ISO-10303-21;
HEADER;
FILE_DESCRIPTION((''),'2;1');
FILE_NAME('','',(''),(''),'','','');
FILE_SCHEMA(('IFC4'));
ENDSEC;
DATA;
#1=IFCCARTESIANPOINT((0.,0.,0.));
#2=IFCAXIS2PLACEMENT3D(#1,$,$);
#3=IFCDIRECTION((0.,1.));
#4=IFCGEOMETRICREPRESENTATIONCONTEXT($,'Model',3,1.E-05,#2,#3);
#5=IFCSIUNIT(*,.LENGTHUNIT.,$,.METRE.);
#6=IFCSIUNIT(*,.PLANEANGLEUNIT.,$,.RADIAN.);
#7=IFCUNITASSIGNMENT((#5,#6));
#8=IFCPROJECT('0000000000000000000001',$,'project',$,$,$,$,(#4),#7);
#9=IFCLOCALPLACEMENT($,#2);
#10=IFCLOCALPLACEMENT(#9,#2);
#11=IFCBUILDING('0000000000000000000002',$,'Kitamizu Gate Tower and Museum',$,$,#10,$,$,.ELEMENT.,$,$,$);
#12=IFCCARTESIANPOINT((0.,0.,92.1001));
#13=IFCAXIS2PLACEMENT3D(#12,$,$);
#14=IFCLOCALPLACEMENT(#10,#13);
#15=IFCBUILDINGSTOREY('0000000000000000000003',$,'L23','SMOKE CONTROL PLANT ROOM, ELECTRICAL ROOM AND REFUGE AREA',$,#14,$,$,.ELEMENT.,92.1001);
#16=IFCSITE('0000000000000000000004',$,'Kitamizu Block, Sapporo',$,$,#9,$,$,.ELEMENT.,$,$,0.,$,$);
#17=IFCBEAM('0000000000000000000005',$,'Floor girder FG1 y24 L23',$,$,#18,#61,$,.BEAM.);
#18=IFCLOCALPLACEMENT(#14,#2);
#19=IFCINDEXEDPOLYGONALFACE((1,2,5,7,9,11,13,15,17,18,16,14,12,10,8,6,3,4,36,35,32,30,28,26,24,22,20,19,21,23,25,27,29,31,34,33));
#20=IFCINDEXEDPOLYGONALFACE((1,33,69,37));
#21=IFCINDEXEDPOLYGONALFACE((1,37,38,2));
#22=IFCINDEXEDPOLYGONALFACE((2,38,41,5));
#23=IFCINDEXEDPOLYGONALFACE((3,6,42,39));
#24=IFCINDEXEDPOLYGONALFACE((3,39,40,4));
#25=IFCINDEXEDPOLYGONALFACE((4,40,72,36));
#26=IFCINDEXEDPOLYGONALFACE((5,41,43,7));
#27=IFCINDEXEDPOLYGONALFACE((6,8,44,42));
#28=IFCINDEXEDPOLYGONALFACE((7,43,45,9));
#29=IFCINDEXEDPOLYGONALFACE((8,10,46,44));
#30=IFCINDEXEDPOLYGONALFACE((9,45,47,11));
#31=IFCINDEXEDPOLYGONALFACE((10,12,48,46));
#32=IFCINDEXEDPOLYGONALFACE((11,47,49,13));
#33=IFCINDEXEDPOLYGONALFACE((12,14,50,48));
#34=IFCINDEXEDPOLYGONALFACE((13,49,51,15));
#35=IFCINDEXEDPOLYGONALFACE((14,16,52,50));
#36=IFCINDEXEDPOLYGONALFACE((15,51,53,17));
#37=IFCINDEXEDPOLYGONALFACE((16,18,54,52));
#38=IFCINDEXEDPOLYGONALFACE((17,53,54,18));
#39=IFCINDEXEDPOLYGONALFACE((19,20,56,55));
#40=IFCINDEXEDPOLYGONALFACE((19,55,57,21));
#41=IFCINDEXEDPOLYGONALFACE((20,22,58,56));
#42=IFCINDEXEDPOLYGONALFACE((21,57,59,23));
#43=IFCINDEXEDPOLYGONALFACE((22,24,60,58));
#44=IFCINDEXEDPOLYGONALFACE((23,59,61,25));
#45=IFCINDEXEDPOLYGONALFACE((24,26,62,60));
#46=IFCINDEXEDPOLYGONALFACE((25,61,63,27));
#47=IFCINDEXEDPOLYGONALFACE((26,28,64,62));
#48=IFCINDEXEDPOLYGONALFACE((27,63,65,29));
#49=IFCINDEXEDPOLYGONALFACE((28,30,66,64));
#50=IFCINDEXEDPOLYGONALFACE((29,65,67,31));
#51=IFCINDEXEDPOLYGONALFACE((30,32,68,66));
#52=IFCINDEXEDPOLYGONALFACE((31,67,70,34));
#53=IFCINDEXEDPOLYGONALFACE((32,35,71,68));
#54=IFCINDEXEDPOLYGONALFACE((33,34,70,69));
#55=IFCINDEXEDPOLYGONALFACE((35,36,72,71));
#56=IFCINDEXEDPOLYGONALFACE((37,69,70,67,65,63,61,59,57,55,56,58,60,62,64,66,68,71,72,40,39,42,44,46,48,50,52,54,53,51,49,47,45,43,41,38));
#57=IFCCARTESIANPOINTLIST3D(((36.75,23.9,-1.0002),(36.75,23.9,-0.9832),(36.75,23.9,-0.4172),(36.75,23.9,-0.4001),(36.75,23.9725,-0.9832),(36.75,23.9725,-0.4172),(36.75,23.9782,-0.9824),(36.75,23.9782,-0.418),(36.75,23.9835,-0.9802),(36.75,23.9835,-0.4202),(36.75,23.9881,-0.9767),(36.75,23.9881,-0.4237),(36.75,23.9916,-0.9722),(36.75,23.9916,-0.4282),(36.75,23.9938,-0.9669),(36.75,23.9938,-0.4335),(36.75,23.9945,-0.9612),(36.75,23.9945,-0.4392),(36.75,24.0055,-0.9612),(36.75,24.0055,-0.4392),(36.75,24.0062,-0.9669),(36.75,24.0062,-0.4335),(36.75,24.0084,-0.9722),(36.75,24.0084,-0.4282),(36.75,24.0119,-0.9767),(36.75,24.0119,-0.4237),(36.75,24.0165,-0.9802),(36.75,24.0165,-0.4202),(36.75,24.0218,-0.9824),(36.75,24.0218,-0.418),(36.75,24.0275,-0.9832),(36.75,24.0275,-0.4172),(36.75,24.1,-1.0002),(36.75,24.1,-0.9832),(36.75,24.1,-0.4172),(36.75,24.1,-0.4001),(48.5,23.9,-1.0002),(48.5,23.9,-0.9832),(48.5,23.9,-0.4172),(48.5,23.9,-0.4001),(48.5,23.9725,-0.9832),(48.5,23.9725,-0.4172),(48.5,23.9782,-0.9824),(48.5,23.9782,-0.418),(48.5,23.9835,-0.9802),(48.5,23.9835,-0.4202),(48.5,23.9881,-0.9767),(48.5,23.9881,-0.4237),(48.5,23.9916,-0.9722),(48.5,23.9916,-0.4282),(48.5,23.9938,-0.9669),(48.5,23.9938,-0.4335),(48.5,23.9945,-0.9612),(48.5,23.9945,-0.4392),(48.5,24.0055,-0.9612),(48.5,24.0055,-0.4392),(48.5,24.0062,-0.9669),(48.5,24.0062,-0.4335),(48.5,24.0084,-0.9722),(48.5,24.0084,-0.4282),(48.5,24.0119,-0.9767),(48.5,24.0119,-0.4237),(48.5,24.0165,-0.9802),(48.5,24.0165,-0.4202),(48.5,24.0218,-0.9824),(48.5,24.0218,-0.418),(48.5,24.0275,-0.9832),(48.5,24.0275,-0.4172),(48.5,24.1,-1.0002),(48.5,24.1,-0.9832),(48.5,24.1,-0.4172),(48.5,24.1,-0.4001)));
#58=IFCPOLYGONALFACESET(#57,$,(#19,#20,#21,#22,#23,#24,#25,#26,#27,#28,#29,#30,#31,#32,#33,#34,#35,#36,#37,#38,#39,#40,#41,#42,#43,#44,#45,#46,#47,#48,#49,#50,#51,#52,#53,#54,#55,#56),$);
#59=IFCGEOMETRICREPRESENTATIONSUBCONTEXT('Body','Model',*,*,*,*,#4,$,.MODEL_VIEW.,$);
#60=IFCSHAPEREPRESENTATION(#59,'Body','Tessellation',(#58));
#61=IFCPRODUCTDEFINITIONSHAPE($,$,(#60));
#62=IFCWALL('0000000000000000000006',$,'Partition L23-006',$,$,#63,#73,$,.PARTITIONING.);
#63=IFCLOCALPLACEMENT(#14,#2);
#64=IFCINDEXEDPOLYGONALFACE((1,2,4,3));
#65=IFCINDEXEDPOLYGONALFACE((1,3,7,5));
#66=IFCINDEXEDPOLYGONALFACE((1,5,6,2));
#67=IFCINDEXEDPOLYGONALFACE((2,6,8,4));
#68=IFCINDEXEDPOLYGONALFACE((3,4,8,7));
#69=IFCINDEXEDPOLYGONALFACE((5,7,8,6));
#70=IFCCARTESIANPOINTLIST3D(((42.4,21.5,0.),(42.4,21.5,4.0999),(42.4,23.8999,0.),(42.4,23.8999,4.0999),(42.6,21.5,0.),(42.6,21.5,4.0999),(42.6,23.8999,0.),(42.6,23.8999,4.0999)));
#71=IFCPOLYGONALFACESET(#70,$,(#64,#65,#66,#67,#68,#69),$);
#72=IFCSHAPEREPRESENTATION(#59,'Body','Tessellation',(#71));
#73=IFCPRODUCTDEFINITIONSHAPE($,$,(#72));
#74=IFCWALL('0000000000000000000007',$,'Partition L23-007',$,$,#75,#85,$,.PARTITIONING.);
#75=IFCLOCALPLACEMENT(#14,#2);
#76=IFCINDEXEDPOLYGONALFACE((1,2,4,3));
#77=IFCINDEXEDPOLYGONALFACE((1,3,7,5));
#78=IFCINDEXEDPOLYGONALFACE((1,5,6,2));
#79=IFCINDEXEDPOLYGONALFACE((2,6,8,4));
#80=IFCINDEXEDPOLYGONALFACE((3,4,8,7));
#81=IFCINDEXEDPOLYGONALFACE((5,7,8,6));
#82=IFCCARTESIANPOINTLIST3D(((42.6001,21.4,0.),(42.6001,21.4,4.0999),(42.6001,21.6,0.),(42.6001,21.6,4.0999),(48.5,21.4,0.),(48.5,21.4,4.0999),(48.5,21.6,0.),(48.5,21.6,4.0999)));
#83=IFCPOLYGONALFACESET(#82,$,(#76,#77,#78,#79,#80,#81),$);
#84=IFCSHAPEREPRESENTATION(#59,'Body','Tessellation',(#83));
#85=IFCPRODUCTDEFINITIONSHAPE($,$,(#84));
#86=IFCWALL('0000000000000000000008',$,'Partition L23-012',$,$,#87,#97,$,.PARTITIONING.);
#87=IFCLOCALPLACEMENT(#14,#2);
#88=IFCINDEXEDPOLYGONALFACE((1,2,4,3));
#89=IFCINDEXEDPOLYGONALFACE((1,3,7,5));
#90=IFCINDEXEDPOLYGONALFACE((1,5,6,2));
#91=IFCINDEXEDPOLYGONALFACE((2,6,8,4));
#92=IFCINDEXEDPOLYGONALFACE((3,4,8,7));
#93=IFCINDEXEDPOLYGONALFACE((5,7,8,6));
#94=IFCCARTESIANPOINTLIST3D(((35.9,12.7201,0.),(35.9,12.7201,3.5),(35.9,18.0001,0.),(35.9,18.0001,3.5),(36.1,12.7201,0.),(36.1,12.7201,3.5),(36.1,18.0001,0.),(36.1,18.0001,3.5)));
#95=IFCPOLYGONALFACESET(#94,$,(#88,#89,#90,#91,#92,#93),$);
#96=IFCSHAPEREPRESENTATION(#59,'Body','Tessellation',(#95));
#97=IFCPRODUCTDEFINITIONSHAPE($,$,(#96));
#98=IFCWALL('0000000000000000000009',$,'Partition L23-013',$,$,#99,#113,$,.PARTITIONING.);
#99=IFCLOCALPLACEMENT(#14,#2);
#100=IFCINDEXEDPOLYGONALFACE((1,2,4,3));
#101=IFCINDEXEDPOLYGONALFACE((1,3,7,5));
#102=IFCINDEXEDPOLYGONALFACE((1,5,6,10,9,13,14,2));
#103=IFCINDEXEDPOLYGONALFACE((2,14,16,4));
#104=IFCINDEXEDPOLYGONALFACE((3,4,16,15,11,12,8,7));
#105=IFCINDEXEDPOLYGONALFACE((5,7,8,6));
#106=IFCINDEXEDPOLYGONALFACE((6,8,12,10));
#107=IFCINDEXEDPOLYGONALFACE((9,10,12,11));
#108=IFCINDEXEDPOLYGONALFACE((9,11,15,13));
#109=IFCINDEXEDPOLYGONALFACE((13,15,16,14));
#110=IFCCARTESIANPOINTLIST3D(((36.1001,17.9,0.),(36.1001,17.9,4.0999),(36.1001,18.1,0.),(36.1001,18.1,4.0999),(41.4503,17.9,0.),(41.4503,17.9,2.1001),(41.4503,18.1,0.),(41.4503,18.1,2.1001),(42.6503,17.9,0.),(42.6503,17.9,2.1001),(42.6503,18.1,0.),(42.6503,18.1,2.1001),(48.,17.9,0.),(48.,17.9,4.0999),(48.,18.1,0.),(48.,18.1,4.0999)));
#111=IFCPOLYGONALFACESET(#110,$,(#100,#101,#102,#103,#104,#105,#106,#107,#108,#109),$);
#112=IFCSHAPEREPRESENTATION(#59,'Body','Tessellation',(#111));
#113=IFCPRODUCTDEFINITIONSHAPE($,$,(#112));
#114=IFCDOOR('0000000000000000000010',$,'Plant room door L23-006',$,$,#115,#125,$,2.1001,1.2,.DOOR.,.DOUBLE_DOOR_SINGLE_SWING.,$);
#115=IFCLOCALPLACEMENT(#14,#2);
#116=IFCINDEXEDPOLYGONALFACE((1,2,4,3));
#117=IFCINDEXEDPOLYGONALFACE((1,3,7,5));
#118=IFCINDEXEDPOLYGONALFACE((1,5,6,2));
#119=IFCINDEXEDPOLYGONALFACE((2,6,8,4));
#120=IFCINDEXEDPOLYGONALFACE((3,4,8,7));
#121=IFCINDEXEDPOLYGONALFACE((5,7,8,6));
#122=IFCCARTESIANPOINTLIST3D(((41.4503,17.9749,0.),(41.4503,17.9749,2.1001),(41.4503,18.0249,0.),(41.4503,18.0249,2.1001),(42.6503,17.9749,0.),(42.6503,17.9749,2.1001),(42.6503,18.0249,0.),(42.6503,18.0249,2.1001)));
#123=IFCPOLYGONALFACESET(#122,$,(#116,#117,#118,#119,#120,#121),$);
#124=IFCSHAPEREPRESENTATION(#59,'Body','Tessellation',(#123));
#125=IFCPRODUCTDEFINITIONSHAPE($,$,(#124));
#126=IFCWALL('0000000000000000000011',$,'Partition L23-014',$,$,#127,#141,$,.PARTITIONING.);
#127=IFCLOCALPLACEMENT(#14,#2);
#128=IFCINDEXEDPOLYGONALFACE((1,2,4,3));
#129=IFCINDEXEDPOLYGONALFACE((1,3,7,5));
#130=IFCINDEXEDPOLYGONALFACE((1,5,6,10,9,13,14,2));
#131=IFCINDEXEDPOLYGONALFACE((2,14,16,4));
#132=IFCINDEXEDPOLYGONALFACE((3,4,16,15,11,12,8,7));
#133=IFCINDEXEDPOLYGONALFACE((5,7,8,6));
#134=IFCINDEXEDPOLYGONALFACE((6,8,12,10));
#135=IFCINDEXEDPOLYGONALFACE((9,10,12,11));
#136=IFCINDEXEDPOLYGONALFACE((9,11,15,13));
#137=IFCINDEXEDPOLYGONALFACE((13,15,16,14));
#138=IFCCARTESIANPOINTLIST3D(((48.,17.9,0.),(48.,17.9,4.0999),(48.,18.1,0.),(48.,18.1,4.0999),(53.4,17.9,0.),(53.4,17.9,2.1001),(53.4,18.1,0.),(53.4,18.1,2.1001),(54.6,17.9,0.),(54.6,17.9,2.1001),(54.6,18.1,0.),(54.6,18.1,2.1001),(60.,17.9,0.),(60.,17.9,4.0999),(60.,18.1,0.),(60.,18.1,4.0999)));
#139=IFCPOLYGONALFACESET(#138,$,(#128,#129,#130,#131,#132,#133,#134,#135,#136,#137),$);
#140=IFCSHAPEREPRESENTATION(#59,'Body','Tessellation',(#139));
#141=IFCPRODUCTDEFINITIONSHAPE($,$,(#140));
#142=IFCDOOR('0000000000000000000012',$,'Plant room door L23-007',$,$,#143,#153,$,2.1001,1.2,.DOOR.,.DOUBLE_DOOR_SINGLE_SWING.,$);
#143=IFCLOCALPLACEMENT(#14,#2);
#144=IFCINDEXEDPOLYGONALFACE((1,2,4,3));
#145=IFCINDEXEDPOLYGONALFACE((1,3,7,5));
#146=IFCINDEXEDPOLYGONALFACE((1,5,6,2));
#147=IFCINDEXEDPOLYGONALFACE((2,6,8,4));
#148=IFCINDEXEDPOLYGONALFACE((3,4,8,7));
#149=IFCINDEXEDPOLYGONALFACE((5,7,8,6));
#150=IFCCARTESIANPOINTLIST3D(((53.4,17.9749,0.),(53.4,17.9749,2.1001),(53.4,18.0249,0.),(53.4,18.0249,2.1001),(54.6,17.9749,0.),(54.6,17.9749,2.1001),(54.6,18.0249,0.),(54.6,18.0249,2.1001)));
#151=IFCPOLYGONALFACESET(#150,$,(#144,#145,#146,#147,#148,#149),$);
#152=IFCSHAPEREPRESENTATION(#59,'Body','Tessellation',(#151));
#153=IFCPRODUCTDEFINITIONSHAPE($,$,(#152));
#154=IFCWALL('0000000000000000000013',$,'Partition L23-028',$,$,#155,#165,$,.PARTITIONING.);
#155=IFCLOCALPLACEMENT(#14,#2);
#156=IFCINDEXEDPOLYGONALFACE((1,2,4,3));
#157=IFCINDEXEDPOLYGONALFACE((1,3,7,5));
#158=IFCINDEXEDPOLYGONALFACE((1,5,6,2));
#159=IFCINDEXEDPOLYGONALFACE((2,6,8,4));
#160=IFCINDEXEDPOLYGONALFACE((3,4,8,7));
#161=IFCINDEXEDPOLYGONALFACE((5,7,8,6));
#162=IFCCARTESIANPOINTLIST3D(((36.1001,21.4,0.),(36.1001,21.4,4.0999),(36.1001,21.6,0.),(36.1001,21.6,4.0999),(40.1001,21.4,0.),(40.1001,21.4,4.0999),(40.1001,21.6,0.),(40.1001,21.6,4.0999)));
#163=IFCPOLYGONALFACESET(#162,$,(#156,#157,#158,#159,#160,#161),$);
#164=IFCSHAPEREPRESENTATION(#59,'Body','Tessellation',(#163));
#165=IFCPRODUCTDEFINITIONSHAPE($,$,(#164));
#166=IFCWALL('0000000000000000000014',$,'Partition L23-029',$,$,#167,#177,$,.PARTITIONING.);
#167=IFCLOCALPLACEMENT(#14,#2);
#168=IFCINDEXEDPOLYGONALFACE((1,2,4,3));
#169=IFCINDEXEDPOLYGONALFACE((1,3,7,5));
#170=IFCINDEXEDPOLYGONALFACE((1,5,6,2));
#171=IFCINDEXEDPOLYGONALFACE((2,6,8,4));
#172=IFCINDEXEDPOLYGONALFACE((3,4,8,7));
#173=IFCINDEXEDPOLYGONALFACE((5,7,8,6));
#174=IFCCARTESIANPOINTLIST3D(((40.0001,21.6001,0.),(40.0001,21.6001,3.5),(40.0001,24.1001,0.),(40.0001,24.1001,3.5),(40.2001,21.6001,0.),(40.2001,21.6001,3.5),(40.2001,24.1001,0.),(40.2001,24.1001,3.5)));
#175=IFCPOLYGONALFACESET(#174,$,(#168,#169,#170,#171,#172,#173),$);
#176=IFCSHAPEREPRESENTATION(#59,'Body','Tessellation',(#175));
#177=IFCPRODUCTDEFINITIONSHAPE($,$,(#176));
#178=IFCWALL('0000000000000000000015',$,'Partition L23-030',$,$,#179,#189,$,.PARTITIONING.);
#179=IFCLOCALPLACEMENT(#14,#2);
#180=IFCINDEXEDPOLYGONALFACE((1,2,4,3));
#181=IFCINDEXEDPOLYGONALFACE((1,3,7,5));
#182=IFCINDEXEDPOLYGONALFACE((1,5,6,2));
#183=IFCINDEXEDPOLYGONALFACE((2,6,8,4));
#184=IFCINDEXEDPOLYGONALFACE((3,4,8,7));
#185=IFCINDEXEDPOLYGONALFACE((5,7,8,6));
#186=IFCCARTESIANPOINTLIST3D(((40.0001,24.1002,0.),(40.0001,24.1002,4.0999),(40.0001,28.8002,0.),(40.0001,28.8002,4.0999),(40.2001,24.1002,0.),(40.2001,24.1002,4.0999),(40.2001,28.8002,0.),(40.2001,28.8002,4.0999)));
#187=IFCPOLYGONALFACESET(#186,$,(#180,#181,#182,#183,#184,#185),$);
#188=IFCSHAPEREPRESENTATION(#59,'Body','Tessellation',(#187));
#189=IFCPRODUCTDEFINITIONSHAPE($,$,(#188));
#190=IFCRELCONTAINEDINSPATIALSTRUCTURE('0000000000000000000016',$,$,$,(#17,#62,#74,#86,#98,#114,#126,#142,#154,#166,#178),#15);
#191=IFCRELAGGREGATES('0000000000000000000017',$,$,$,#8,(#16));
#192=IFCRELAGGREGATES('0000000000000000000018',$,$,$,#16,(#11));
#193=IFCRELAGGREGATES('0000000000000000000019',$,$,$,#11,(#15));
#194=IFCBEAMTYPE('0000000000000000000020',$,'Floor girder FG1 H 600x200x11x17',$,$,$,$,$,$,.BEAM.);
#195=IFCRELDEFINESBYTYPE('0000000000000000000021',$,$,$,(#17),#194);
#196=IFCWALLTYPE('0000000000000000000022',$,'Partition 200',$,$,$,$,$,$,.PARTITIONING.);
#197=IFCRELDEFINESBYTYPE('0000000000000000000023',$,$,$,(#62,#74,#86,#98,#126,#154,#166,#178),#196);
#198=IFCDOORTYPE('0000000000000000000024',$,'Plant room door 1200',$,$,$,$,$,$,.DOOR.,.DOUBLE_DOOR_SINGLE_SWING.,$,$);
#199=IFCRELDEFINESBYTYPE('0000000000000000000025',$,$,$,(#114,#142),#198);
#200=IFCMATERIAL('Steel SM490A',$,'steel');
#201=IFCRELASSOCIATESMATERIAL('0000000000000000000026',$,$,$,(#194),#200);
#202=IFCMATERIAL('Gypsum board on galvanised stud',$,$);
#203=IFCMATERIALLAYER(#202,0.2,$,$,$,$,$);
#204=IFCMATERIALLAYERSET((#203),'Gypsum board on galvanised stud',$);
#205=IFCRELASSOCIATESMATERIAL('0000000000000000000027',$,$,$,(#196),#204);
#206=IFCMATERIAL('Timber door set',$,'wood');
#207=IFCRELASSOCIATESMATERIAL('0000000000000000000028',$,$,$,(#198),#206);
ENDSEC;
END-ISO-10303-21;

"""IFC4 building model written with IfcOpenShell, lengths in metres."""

from ifc_helpers import new_model, si_unit, direction, frame, frame_2d, origin, origin_2d, place, context, subcontext, project, spatial, rectangle, i_section, extrude, material, layer, layer_set, material_profile, profile_set, type_object, element, fill, save


model = new_model("IFC4")

# Units and contexts
model_context = context("Model", 3, precision=1e-05, world=origin(), true_north=direction((0.0, 1.0)))
body_context = subcontext(model_context, "Body", "Model", "MODEL_VIEW")
ifc_project = project(units=[si_unit("LENGTHUNIT", "METRE"), si_unit("PLANEANGLEUNIT", "RADIAN")], contexts=[model_context])

# Site, building, storey
site_placement = place(None, origin())
site = spatial("IfcSite", under=ifc_project, at=site_placement, Name="Kitamizu Block, Sapporo", CompositionType="ELEMENT", RefElevation=0.0)
building_placement = place(site_placement, origin())
building = spatial("IfcBuilding", under=site, at=building_placement, Name="Kitamizu Gate Tower and Museum", CompositionType="ELEMENT")
storey_placement = place(building_placement, frame((0.0, 0.0, 92.1001)))
storey = spatial("IfcBuildingStorey", under=building, at=storey_placement, Name="L23", Description="SMOKE CONTROL PLANT ROOM, ELECTRICAL ROOM AND REFUGE AREA", CompositionType="ELEMENT", Elevation=92.1001)

# Beam
ifc_material_1 = material(Name="Steel SM490A", Category="steel")
ifc_material_profile_1 = material_profile(ifc_material_1, i_section(OverallWidth=0.2, OverallDepth=0.6001, WebThickness=0.011, FlangeThickness=0.0171, FilletRadius=0.022, at=origin_2d()), Name="H-600x200x11x17")
ifc_profile_set_1 = profile_set([ifc_material_profile_1], Name="Steel SM490A")
beam_type_1 = type_object("IfcBeamType", Name="Floor girder FG1 H 600x200x11x17", PredefinedType="BEAM", material=ifc_profile_set_1)
beam_1_placement = place(storey_placement, frame((36.75, 24.0, -0.7002), z_axis=(1.0, 0.0, 0.0), x_axis=(0.0, 1.0, 0.0)))
element("IfcBeam", 1, at=beam_1_placement, inside=storey, type_object=beam_type_1, Name="Floor girder FG1 y24 L23", PredefinedType="BEAM", context=body_context, shape_type="SweptSolid", body=[
    extrude(i_section(OverallWidth=0.2, OverallDepth=0.6001, WebThickness=0.011, FlangeThickness=0.0171, FilletRadius=0.022, at=origin_2d()), origin(), (0.0, 0.0, 1.0), 11.75),
])

# Walls
ifc_material_2 = material(Name="Gypsum board on galvanised stud")
ifc_layer = layer(ifc_material_2, 0.2)
ifc_layer_set = layer_set([ifc_layer], Name="Gypsum board on galvanised stud")
wall_type = type_object("IfcWallType", Name="Partition 200", PredefinedType="PARTITIONING", material=ifc_layer_set)
wall_1_placement = place(storey_placement, frame((42.5, 23.8999, 0.0), z_axis=(0.0, 0.0, 1.0), x_axis=(0.0, -1.0, 0.0)))
element("IfcWall", 2, at=wall_1_placement, inside=storey, type_object=wall_type, Name="Partition L23-006", PredefinedType="PARTITIONING", context=body_context, shape_type="SweptSolid", body=[
    extrude(rectangle(XDim=2.3999, YDim=0.2, at=frame_2d((1.2, 0.0))), origin(), (0.0, 0.0, 1.0), 4.0999),
])
wall_2_placement = place(storey_placement, frame((42.6001, 21.5, 0.0), z_axis=(0.0, 0.0, 1.0), x_axis=(1.0, 0.0, 0.0)))
element("IfcWall", 3, at=wall_2_placement, inside=storey, type_object=wall_type, Name="Partition L23-007", PredefinedType="PARTITIONING", context=body_context, shape_type="SweptSolid", body=[
    extrude(rectangle(XDim=5.8999, YDim=0.2, at=frame_2d((2.95, 0.0))), origin(), (0.0, 0.0, 1.0), 4.0999),
])
wall_3_placement = place(storey_placement, frame((36.0, 12.72, 0.0), z_axis=(0.0, 0.0, 1.0), x_axis=(0.0, 1.0, 0.0)))
element("IfcWall", 4, at=wall_3_placement, inside=storey, type_object=wall_type, Name="Partition L23-012", PredefinedType="PARTITIONING", context=body_context, shape_type="SweptSolid", body=[
    extrude(rectangle(XDim=5.28, YDim=0.2, at=frame_2d((2.6401, 0.0))), origin(), (0.0, 0.0, 1.0), 3.5),
])

# Walls, openings, doors
wall_4_placement = place(storey_placement, frame((36.1001, 18.0, 0.0), z_axis=(0.0, 0.0, 1.0), x_axis=(1.0, 0.0, 0.0)))
wall_4 = element("IfcWall", 5, at=wall_4_placement, inside=storey, type_object=wall_type, Name="Partition L23-013", PredefinedType="PARTITIONING", context=body_context, shape_type="SweptSolid", body=[
    extrude(rectangle(XDim=11.8999, YDim=0.2, at=frame_2d((5.95, 0.0))), origin(), (0.0, 0.0, 1.0), 4.0999),
])
opening_1_placement = place(wall_4_placement, frame((5.3501, 0.0, 0.0)))
opening_1 = element("IfcOpeningElement", 6, at=opening_1_placement, cuts=wall_4, PredefinedType="OPENING", context=body_context, shape_type="SweptSolid", body=[
    extrude(rectangle(XDim=1.2, YDim=2.1001, at=frame_2d((0.6001, 1.05))), frame((0.0, 0.1099, 0.0), z_axis=(0.0, -1.0, 0.0), x_axis=(1.0, 0.0, 0.0)), (0.0, 0.0, 1.0), 0.22),
])
ifc_material_3 = material(Name="Timber door set", Category="wood")
door_type = type_object("IfcDoorType", Name="Plant room door 1200", OperationType="DOUBLE_DOOR_SINGLE_SWING", PredefinedType="DOOR", material=ifc_material_3)
door_1_placement = place(opening_1_placement, origin())
door_1 = element("IfcDoor", 7, at=door_1_placement, inside=storey, type_object=door_type, Name="Plant room door L23-006", OperationType="DOUBLE_DOOR_SINGLE_SWING", OverallHeight=2.1001, OverallWidth=1.2, PredefinedType="DOOR", context=body_context, shape_type="SweptSolid", body=[
    extrude(rectangle(XDim=1.2, YDim=2.1001, at=frame_2d((0.6001, 1.05))), frame((0.0, 0.0249, 0.0), z_axis=(0.0, -1.0, 0.0), x_axis=(1.0, 0.0, 0.0)), (0.0, 0.0, 1.0), 0.05),
])
fill(opening_1, door_1)
wall_5_placement = place(storey_placement, frame((48.0, 18.0, 0.0), z_axis=(0.0, 0.0, 1.0), x_axis=(1.0, 0.0, 0.0)))
wall_5 = element("IfcWall", 8, at=wall_5_placement, inside=storey, type_object=wall_type, Name="Partition L23-014", PredefinedType="PARTITIONING", context=body_context, shape_type="SweptSolid", body=[
    extrude(rectangle(XDim=12.0, YDim=0.2, at=frame_2d((6.0, 0.0))), origin(), (0.0, 0.0, 1.0), 4.0999),
])
opening_2_placement = place(wall_5_placement, frame((5.3999, 0.0, 0.0)))
opening_2 = element("IfcOpeningElement", 9, at=opening_2_placement, cuts=wall_5, PredefinedType="OPENING", context=body_context, shape_type="SweptSolid", body=[
    extrude(rectangle(XDim=1.2, YDim=2.1001, at=frame_2d((0.6001, 1.05))), frame((0.0, 0.1099, 0.0), z_axis=(0.0, -1.0, 0.0), x_axis=(1.0, 0.0, 0.0)), (0.0, 0.0, 1.0), 0.22),
])
door_2_placement = place(opening_2_placement, origin())
door_2 = element("IfcDoor", 10, at=door_2_placement, inside=storey, type_object=door_type, Name="Plant room door L23-007", OperationType="DOUBLE_DOOR_SINGLE_SWING", OverallHeight=2.1001, OverallWidth=1.2, PredefinedType="DOOR", context=body_context, shape_type="SweptSolid", body=[
    extrude(rectangle(XDim=1.2, YDim=2.1001, at=frame_2d((0.6001, 1.05))), frame((0.0, 0.0249, 0.0), z_axis=(0.0, -1.0, 0.0), x_axis=(1.0, 0.0, 0.0)), (0.0, 0.0, 1.0), 0.05),
])
fill(opening_2, door_2)

# Walls
wall_6_placement = place(storey_placement, frame((36.1001, 21.5, 0.0), z_axis=(0.0, 0.0, 1.0), x_axis=(1.0, 0.0, 0.0)))
element("IfcWall", 11, at=wall_6_placement, inside=storey, type_object=wall_type, Name="Partition L23-028", PredefinedType="PARTITIONING", context=body_context, shape_type="SweptSolid", body=[
    extrude(rectangle(XDim=4.0, YDim=0.2, at=frame_2d((2.0, 0.0))), origin(), (0.0, 0.0, 1.0), 4.0999),
])
wall_7_placement = place(storey_placement, frame((40.1001, 21.6001, 0.0), z_axis=(0.0, 0.0, 1.0), x_axis=(0.0, 1.0, 0.0)))
element("IfcWall", 12, at=wall_7_placement, inside=storey, type_object=wall_type, Name="Partition L23-029", PredefinedType="PARTITIONING", context=body_context, shape_type="SweptSolid", body=[
    extrude(rectangle(XDim=2.5, YDim=0.2, at=frame_2d((1.25, 0.0))), origin(), (0.0, 0.0, 1.0), 3.5),
])
wall_8_placement = place(storey_placement, frame((40.1001, 24.1001, 0.0), z_axis=(0.0, 0.0, 1.0), x_axis=(0.0, 1.0, 0.0)))
element("IfcWall", 13, at=wall_8_placement, inside=storey, type_object=wall_type, Name="Partition L23-030", PredefinedType="PARTITIONING", context=body_context, shape_type="SweptSolid", body=[
    extrude(rectangle(XDim=4.7, YDim=0.2, at=frame_2d((2.3501, 0.0))), origin(), (0.0, 0.0, 1.0), 4.0999),
])

save(model, "model.ifc")
